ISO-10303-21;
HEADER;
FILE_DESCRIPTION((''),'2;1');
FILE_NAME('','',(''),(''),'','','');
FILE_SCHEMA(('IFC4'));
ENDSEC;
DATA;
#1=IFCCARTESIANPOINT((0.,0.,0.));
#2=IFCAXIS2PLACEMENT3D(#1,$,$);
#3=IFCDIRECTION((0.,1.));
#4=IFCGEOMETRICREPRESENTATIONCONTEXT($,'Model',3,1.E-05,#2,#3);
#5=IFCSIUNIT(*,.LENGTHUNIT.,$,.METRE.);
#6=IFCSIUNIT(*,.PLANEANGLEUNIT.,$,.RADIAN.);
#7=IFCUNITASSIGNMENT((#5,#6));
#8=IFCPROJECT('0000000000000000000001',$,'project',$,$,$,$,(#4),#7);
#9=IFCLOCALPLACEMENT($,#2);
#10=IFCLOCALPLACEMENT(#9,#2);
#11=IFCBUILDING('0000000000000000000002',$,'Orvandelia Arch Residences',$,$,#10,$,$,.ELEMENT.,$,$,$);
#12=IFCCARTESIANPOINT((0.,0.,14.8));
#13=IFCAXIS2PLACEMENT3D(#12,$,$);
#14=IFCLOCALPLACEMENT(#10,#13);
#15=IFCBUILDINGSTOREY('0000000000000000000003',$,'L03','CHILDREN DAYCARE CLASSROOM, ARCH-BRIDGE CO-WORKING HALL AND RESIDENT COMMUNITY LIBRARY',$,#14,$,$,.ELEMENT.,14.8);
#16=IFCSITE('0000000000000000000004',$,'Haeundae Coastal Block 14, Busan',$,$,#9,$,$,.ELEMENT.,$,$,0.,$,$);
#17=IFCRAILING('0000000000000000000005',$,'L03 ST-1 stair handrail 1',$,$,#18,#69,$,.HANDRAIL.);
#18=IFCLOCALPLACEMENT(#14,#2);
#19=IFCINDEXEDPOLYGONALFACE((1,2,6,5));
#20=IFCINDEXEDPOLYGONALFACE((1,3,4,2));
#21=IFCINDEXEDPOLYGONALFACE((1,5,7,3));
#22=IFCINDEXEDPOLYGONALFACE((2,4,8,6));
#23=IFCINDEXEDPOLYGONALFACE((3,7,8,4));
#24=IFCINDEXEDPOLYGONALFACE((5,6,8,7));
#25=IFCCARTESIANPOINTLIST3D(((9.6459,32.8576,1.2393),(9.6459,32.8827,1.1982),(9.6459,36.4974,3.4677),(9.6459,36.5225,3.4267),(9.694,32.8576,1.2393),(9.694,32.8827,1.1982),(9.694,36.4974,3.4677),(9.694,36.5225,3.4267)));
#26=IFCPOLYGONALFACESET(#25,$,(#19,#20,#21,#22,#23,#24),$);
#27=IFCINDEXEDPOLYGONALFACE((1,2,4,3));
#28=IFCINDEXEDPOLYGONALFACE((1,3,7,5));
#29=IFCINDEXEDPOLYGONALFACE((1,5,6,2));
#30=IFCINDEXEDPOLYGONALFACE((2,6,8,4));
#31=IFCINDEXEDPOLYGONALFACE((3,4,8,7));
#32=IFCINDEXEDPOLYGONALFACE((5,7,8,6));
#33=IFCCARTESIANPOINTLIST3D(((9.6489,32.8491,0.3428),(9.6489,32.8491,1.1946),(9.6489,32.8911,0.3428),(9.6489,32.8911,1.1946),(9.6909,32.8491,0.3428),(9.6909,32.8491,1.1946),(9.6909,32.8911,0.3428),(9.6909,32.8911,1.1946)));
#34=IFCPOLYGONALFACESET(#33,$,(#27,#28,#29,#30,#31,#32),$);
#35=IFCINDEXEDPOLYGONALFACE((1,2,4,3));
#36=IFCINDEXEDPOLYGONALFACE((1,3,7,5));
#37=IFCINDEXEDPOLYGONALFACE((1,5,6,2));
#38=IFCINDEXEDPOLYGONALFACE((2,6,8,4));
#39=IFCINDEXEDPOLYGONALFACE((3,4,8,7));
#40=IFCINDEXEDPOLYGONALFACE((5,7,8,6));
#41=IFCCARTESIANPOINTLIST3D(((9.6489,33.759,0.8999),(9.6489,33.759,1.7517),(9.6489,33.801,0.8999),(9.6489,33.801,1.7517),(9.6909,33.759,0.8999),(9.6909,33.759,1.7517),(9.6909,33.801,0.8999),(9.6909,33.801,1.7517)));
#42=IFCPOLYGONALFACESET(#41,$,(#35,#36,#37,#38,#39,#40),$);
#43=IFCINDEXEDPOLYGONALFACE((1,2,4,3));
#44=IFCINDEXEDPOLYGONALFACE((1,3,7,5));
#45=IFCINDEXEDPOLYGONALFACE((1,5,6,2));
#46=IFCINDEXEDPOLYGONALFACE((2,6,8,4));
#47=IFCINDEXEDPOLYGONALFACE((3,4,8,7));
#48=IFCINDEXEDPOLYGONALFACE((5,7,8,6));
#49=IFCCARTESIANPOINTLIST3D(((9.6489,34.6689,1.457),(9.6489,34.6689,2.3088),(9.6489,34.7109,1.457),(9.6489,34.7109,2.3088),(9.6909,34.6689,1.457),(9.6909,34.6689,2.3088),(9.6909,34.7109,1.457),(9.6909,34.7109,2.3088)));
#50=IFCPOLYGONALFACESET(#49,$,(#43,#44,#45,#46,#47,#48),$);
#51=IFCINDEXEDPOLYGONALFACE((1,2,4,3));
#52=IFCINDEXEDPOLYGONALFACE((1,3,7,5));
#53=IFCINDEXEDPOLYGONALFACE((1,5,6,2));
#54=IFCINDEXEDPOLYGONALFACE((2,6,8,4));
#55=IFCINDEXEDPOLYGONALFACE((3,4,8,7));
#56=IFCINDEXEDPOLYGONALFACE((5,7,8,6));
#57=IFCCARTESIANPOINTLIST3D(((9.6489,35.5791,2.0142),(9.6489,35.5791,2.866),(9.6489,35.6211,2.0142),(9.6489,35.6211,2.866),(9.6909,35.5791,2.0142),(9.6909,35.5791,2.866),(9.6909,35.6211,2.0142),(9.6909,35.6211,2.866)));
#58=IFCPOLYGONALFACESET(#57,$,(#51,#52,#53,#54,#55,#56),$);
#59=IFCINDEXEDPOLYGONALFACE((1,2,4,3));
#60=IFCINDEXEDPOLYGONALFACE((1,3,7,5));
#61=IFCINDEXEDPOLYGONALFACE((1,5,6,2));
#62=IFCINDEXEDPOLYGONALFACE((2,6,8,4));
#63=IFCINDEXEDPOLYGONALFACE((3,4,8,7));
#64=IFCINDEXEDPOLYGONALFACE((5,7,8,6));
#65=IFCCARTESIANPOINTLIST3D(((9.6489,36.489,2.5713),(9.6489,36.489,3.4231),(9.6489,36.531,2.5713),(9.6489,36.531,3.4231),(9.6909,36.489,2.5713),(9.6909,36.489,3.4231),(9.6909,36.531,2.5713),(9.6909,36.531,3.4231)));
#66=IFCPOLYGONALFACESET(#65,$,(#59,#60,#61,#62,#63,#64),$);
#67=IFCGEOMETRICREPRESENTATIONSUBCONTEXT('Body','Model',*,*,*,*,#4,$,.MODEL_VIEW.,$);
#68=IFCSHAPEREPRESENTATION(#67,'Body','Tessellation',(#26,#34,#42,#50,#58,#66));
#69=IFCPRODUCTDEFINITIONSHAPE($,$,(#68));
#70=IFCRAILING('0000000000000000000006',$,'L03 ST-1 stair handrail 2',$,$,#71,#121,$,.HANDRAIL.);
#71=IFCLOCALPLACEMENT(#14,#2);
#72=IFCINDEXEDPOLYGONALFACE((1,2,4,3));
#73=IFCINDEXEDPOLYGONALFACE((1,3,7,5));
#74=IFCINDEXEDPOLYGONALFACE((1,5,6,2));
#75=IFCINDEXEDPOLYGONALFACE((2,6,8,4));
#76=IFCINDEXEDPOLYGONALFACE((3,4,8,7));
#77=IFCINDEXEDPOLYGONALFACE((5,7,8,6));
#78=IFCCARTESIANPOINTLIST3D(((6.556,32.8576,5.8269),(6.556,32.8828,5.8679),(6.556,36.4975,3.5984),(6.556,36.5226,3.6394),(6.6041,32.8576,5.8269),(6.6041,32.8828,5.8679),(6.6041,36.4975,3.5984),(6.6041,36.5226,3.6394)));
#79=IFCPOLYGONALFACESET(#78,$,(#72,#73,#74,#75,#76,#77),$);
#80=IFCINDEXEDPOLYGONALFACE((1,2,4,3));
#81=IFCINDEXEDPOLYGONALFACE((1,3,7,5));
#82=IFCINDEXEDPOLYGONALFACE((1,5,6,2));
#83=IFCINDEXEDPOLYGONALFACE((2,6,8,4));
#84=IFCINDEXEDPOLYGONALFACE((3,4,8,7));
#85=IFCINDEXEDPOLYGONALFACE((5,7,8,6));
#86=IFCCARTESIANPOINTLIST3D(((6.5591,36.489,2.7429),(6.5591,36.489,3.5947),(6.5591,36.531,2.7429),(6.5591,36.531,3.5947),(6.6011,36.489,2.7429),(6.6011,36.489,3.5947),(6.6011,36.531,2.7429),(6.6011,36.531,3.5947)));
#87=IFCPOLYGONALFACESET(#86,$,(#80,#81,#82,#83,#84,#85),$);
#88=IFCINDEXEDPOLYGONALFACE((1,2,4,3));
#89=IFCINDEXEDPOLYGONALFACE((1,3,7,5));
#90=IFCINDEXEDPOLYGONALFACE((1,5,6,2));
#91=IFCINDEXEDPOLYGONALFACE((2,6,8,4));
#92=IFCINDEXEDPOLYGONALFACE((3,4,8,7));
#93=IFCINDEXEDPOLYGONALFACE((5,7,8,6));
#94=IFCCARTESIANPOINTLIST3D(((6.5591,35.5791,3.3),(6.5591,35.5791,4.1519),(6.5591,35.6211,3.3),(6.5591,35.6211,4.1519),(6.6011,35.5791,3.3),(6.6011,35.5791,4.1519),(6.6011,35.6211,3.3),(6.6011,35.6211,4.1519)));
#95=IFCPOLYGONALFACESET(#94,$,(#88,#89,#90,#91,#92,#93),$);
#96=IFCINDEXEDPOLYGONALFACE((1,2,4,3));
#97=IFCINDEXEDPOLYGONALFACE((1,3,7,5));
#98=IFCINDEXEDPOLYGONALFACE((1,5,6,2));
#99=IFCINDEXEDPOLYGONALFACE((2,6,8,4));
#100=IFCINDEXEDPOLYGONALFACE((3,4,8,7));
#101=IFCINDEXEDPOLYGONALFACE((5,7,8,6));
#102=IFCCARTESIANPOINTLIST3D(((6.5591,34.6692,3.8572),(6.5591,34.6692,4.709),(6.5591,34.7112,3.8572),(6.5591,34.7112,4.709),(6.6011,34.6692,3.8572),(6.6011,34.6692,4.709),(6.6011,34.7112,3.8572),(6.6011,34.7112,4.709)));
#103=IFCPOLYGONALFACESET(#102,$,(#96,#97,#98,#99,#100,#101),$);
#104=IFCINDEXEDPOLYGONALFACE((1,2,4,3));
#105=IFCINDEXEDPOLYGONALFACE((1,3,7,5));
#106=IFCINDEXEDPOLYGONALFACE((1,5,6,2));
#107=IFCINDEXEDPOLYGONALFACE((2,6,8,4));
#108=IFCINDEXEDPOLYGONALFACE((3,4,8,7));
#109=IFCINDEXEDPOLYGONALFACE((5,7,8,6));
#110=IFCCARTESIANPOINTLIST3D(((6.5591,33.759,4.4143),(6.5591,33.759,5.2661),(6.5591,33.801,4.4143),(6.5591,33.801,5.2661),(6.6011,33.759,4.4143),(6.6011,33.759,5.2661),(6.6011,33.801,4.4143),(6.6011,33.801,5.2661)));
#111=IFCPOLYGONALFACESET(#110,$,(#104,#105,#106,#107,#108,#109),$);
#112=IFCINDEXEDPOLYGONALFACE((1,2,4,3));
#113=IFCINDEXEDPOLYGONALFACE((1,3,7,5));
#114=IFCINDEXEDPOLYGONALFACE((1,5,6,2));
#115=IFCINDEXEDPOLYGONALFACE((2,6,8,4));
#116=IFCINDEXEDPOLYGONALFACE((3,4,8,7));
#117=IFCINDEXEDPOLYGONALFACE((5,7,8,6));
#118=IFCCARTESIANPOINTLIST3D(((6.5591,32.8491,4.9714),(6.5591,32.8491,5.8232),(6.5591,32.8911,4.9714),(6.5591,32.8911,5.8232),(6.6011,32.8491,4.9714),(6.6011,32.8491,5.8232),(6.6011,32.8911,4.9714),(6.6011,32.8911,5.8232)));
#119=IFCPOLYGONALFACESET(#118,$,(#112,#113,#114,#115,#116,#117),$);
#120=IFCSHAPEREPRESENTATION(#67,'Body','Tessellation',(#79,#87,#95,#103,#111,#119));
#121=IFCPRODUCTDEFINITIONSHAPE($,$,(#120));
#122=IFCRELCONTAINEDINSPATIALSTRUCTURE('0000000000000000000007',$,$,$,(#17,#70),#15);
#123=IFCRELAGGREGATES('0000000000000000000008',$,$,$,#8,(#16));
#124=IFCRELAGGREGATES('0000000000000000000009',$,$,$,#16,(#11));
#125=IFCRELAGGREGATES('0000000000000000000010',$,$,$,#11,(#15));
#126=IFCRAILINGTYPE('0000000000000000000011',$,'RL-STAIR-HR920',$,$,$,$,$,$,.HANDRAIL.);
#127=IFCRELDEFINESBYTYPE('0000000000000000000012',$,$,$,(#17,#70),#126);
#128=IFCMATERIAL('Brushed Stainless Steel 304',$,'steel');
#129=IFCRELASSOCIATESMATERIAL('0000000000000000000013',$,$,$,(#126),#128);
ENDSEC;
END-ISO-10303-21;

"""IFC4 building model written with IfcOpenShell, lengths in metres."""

from ifc_helpers import new_model, si_unit, direction, frame, origin, origin_2d, place, context, subcontext, project, spatial, rectangle, extrude, material, type_object, element, save


model = new_model("IFC4")

# Units and contexts
model_context = context("Model", 3, precision=1e-05, world=origin(), true_north=direction((0.0, 1.0)))
body_context = subcontext(model_context, "Body", "Model", "MODEL_VIEW")
ifc_project = project(units=[si_unit("LENGTHUNIT", "METRE"), si_unit("PLANEANGLEUNIT", "RADIAN")], contexts=[model_context])

# Site, building, storey
site_placement = place(None, origin())
site = spatial("IfcSite", under=ifc_project, at=site_placement, Name="Haeundae Coastal Block 14, Busan", CompositionType="ELEMENT", RefElevation=0.0)
building_placement = place(site_placement, origin())
building = spatial("IfcBuilding", under=site, at=building_placement, Name="Orvandelia Arch Residences", CompositionType="ELEMENT")
storey_placement = place(building_placement, frame((0.0, 0.0, 14.8)))
storey = spatial("IfcBuildingStorey", under=building, at=storey_placement, Name="L03", Description="CHILDREN DAYCARE CLASSROOM, ARCH-BRIDGE CO-WORKING HALL AND RESIDENT COMMUNITY LIBRARY", CompositionType="ELEMENT", Elevation=14.8)

# Railings
ifc_material_1 = material(Name="Brushed Stainless Steel 304", Category="steel")
railing_type_1 = type_object("IfcRailingType", Name="RL-STAIR-HR920", PredefinedType="HANDRAIL", material=ifc_material_1)
railing_1_placement = place(storey_placement, frame((9.6699, 32.8701, 0.3428)))
element("IfcRailing", 1, at=railing_1_placement, inside=storey, type_object=railing_type_1, Name="L03 ST-1 stair handrail 1", PredefinedType="HANDRAIL", context=body_context, shape_type="SweptSolid", body=[
    extrude(rectangle(XDim=0.0481, YDim=0.0481, at=origin_2d()), frame((0.0, 0.0, 0.876), z_axis=(0.0, 0.85285, 0.522156), x_axis=(-1.0, 0.0, 0.0)), (0.0, 0.0, 1.0), 4.2678),
    extrude(rectangle(XDim=0.042, YDim=0.042, at=origin_2d()), origin(), (0.0, 0.0, 1.0), 0.8518),
    extrude(rectangle(XDim=0.042, YDim=0.042, at=origin_2d()), frame((0.0, 0.9099, 0.5571)), (0.0, 0.0, 1.0), 0.8518),
    extrude(rectangle(XDim=0.042, YDim=0.042, at=origin_2d()), frame((0.0, 1.8198, 1.1143)), (0.0, 0.0, 1.0), 0.8518),
    extrude(rectangle(XDim=0.042, YDim=0.042, at=origin_2d()), frame((0.0, 2.73, 1.6714)), (0.0, 0.0, 1.0), 0.8518),
    extrude(rectangle(XDim=0.042, YDim=0.042, at=origin_2d()), frame((0.0, 3.6399, 2.2285)), (0.0, 0.0, 1.0), 0.8518),
])
railing_2_placement = place(storey_placement, frame((6.5801, 36.51, 2.7429)))
element("IfcRailing", 2, at=railing_2_placement, inside=storey, type_object=railing_type_1, Name="L03 ST-1 stair handrail 2", PredefinedType="HANDRAIL", context=body_context, shape_type="SweptSolid", body=[
    extrude(rectangle(XDim=0.0481, YDim=0.0481, at=origin_2d()), frame((0.0, 0.0, 0.876), z_axis=(0.0, -0.85285, 0.522156), x_axis=(1.0, 0.0, 0.0)), (0.0, 0.0, 1.0), 4.2678),
    extrude(rectangle(XDim=0.042, YDim=0.042, at=origin_2d()), origin(), (0.0, 0.0, 1.0), 0.8518),
    extrude(rectangle(XDim=0.042, YDim=0.042, at=origin_2d()), frame((0.0, -0.9099, 0.5571)), (0.0, 0.0, 1.0), 0.8518),
    extrude(rectangle(XDim=0.042, YDim=0.042, at=origin_2d()), frame((0.0, -1.8198, 1.1143)), (0.0, 0.0, 1.0), 0.8518),
    extrude(rectangle(XDim=0.042, YDim=0.042, at=origin_2d()), frame((0.0, -2.73, 1.6714)), (0.0, 0.0, 1.0), 0.8518),
    extrude(rectangle(XDim=0.042, YDim=0.042, at=origin_2d()), frame((0.0, -3.6399, 2.2285)), (0.0, 0.0, 1.0), 0.8518),
])

save(model, "model.ifc")
